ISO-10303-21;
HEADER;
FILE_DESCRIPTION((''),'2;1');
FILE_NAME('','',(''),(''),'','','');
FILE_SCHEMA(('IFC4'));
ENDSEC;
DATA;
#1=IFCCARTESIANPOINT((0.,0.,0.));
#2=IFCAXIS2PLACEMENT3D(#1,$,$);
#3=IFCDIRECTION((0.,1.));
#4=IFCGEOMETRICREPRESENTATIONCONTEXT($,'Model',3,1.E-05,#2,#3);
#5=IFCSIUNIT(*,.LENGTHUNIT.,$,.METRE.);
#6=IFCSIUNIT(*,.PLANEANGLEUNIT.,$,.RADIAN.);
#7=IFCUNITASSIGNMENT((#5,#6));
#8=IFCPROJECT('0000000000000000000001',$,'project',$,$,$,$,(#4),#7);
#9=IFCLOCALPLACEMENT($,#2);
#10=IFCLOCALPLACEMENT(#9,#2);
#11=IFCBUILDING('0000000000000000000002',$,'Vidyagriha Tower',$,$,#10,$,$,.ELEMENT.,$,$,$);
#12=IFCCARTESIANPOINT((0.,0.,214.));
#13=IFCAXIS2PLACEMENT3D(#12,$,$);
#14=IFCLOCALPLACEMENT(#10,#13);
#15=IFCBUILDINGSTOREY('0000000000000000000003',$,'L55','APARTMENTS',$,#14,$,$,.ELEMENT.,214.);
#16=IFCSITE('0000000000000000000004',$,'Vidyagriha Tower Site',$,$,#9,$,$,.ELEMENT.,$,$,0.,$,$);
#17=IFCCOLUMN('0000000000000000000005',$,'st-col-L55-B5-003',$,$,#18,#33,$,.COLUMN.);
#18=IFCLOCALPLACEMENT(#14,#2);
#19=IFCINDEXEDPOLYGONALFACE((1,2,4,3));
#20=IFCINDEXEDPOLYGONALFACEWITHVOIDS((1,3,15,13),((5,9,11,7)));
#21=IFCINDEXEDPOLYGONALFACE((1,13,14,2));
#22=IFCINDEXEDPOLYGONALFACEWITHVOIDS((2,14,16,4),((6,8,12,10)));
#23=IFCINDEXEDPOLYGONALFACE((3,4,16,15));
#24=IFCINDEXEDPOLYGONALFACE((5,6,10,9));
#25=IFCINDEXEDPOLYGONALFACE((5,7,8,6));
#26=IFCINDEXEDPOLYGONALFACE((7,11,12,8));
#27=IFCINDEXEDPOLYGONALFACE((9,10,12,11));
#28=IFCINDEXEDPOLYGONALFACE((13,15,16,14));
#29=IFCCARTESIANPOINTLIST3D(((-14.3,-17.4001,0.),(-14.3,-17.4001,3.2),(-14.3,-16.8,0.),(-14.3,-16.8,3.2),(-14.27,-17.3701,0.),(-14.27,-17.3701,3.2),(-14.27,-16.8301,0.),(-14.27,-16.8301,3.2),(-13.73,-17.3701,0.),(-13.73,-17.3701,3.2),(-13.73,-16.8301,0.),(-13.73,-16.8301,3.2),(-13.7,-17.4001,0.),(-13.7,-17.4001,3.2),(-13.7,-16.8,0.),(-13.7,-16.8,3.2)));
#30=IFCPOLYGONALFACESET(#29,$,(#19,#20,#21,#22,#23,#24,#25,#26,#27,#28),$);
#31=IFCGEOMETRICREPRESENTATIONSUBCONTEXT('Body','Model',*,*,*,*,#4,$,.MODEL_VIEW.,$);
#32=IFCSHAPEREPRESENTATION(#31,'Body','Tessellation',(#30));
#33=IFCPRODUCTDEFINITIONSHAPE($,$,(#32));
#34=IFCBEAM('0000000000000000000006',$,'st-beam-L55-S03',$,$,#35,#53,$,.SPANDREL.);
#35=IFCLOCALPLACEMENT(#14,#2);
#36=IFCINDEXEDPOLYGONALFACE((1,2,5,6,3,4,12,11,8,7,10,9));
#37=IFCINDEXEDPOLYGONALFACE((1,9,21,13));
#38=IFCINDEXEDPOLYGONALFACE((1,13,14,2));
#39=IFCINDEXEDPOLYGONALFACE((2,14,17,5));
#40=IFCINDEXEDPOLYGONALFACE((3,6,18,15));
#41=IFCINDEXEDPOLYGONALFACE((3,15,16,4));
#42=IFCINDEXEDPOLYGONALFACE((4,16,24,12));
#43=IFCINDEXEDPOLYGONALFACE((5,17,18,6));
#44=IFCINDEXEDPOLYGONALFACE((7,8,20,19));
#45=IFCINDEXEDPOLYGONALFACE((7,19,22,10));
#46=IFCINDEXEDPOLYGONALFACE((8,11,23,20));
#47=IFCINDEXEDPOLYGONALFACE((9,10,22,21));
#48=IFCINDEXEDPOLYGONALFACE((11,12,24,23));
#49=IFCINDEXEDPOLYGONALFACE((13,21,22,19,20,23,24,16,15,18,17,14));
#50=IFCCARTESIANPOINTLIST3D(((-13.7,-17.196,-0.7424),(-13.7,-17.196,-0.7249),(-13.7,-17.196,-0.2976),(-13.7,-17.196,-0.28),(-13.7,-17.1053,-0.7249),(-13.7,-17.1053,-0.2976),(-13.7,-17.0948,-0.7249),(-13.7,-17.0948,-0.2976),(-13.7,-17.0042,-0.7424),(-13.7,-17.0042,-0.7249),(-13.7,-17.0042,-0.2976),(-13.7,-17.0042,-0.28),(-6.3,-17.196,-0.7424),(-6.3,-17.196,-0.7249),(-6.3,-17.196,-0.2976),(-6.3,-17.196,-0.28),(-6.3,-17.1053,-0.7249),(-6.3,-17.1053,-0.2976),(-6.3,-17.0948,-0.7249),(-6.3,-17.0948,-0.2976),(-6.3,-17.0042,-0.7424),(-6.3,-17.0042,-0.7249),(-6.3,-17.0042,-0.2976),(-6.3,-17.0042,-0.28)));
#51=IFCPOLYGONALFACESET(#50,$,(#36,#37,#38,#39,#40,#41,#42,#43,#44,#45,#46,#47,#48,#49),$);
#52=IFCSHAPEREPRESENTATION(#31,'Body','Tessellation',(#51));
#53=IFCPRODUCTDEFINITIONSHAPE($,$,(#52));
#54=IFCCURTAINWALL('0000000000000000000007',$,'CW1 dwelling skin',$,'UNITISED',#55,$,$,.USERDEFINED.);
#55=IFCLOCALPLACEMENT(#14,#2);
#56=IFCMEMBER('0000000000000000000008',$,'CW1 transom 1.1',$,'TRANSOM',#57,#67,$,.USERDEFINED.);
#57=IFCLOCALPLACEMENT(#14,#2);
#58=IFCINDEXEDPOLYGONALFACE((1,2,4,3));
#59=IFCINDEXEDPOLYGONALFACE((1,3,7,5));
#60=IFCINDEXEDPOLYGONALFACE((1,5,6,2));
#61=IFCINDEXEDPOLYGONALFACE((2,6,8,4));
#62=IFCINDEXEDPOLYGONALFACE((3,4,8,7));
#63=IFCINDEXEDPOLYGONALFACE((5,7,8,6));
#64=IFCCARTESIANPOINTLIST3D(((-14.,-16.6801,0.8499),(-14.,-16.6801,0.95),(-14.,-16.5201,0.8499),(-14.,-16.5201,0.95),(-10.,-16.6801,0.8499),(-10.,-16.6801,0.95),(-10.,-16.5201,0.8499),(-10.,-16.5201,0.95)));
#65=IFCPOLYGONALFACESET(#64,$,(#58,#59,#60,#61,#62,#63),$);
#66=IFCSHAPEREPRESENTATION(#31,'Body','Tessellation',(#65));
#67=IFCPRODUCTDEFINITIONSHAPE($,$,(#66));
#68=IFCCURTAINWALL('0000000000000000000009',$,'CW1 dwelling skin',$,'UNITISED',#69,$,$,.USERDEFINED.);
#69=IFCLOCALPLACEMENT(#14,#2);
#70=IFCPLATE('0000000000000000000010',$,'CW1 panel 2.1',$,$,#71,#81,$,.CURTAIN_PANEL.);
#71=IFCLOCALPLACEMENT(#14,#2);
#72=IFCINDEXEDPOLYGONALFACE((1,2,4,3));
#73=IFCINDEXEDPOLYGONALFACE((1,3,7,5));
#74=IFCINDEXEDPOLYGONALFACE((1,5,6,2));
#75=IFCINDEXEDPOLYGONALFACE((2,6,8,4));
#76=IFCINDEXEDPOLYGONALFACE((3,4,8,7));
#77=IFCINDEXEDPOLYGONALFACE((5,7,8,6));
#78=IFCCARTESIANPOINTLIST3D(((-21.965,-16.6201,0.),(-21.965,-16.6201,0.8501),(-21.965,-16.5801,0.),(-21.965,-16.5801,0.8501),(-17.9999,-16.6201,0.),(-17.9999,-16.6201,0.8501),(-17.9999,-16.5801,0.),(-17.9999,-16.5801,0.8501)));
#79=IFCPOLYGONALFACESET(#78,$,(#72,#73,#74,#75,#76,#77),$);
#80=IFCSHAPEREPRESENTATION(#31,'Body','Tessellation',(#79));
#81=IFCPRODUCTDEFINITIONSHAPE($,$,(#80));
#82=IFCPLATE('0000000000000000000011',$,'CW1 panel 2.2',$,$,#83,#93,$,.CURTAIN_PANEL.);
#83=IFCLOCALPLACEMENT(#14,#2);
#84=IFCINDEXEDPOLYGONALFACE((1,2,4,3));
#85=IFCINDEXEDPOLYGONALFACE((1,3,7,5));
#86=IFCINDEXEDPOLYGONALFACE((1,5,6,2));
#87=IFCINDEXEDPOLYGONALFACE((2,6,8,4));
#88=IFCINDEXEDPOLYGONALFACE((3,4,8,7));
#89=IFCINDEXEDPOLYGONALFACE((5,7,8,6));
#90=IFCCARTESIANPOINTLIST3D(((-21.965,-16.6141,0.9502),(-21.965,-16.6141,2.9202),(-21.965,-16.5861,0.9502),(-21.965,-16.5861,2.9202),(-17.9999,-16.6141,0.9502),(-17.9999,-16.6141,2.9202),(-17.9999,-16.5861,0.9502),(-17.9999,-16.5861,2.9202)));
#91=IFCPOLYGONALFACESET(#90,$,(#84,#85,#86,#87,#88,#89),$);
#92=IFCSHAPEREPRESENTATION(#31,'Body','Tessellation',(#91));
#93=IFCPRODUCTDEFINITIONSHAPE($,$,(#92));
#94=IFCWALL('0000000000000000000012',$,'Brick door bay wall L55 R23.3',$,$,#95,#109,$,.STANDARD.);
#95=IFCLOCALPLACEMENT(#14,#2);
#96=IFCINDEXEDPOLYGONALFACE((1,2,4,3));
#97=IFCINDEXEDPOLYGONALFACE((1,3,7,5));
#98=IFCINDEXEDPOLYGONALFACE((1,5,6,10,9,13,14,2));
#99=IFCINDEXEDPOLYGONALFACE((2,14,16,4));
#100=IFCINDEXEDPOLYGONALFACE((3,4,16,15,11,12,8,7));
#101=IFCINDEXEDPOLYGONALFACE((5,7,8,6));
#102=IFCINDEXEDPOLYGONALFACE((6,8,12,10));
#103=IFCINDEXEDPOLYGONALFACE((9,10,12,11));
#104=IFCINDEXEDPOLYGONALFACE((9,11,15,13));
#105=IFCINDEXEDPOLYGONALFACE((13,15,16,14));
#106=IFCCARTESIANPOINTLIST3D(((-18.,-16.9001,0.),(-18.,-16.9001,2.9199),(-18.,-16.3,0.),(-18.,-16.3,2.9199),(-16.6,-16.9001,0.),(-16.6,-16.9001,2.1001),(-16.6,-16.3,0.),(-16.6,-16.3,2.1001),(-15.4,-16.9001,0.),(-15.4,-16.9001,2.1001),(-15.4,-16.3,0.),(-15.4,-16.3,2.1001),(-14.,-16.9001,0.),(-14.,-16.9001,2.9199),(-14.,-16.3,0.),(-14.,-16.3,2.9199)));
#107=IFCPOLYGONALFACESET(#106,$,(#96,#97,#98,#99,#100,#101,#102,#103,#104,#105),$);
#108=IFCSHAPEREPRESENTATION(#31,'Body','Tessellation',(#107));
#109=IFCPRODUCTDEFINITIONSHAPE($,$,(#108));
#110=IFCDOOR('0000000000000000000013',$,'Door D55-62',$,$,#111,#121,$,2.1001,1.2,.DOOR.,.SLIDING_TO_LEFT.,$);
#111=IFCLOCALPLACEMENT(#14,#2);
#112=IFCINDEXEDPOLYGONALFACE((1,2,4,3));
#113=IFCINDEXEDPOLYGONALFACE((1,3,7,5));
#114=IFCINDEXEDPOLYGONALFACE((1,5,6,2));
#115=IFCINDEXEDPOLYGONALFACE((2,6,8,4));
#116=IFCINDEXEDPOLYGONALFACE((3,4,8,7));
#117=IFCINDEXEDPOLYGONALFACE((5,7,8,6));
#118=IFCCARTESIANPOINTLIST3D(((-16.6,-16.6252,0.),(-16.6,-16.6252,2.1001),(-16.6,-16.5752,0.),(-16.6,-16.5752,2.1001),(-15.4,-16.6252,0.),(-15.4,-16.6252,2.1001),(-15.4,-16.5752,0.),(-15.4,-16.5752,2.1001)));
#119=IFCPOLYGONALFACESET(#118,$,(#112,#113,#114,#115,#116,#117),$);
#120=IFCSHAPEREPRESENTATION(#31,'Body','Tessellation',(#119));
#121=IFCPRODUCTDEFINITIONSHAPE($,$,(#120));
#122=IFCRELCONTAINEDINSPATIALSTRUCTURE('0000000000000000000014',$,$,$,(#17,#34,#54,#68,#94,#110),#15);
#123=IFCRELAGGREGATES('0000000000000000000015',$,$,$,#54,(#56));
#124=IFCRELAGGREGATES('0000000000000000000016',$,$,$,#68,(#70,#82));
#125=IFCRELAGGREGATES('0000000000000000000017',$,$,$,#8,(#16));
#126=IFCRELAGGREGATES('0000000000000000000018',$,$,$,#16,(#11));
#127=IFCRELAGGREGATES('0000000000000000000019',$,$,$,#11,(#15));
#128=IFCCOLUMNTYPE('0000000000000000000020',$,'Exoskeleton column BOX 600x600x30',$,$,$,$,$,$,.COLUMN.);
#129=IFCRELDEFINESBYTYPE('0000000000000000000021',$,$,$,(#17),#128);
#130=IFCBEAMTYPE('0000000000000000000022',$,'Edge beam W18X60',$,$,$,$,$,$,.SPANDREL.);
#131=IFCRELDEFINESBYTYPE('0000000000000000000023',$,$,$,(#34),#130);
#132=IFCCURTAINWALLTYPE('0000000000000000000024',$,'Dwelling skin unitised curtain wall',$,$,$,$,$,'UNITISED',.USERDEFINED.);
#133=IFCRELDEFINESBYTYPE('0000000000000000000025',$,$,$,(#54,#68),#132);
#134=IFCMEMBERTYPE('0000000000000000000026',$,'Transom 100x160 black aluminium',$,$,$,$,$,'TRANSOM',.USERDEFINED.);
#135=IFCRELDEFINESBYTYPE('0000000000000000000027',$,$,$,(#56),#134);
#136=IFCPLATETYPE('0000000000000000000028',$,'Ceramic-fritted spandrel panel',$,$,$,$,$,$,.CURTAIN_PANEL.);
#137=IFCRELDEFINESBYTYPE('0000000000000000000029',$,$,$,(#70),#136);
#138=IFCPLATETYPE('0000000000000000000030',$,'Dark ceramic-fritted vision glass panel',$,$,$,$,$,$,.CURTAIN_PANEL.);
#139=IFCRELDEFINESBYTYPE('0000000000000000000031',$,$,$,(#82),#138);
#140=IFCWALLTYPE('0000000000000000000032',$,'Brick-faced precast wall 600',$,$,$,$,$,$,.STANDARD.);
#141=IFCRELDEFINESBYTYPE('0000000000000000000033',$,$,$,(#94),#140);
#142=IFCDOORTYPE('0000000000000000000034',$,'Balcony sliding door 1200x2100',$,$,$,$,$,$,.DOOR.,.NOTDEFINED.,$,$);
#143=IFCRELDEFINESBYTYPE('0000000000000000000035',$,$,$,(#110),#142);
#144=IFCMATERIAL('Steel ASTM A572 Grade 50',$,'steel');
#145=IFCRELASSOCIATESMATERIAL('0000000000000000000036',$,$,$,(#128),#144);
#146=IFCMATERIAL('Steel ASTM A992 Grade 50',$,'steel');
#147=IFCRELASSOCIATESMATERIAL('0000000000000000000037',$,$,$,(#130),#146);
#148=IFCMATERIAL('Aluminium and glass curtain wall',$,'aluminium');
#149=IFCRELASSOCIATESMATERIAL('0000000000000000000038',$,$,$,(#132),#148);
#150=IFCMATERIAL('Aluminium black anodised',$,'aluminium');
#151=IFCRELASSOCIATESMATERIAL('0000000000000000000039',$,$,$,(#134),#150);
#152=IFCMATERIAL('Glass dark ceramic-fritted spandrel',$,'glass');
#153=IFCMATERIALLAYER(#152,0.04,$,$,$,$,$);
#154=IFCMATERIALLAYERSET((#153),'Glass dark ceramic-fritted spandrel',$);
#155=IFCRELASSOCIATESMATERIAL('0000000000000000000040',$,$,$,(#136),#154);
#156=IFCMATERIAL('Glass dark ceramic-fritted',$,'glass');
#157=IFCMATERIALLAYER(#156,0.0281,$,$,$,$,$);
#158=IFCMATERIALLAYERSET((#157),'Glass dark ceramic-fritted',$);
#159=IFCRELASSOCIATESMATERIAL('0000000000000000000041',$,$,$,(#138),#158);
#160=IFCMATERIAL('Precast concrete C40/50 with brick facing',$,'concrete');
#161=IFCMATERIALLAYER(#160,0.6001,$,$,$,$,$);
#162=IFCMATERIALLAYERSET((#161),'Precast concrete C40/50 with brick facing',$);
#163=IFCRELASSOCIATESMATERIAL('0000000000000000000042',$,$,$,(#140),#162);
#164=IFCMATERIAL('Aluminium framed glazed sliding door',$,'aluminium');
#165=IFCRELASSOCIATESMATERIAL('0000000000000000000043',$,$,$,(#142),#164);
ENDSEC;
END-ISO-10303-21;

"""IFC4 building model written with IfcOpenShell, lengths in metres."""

from ifc_helpers import new_model, si_unit, direction, frame, frame_2d, origin, origin_2d, place, context, subcontext, project, spatial, rectangle, hollow_rectangle, i_section, extrude, material, layer, layer_set, material_profile, profile_set, type_object, element, fill, aggregate, save


model = new_model("IFC4")

# Units and contexts
model_context = context("Model", 3, precision=1e-05, world=origin(), true_north=direction((0.0, 1.0)))
body_context = subcontext(model_context, "Body", "Model", "MODEL_VIEW")
ifc_project = project(units=[si_unit("LENGTHUNIT", "METRE"), si_unit("PLANEANGLEUNIT", "RADIAN")], contexts=[model_context])

# Site, building, storey
site_placement = place(None, origin())
site = spatial("IfcSite", under=ifc_project, at=site_placement, Name="Vidyagriha Tower Site", CompositionType="ELEMENT", RefElevation=0.0)
building_placement = place(site_placement, origin())
building = spatial("IfcBuilding", under=site, at=building_placement, Name="Vidyagriha Tower", CompositionType="ELEMENT")
storey_placement = place(building_placement, frame((0.0, 0.0, 214.0)))
storey = spatial("IfcBuildingStorey", under=building, at=storey_placement, Name="L55", Description="APARTMENTS", CompositionType="ELEMENT", Elevation=214.0)

# Column
ifc_material_1 = material(Name="Steel ASTM A572 Grade 50", Category="steel")
ifc_material_profile_1 = material_profile(ifc_material_1, hollow_rectangle(XDim=0.6001, YDim=0.6001, WallThickness=0.03, at=origin_2d()), Name="BOX 600x600x30")
ifc_profile_set_1 = profile_set([ifc_material_profile_1], Name="Steel ASTM A572 Grade 50")
column_type = type_object("IfcColumnType", Name="Exoskeleton column BOX 600x600x30", PredefinedType="COLUMN", material=ifc_profile_set_1)
column_placement = place(storey_placement, frame((-14.0, -17.1001, 0.0)))
element("IfcColumn", 1, at=column_placement, inside=storey, type_object=column_type, Name="st-col-L55-B5-003", PredefinedType="COLUMN", context=body_context, shape_type="SweptSolid", body=[
    extrude(hollow_rectangle(XDim=0.6001, YDim=0.6001, WallThickness=0.03, at=origin_2d()), origin(), (0.0, 0.0, 1.0), 3.2),
])

# Beam
ifc_material_2 = material(Name="Steel ASTM A992 Grade 50", Category="steel")
ifc_material_profile_2 = material_profile(ifc_material_2, i_section(OverallWidth=0.1919, OverallDepth=0.4624, WebThickness=0.0105, FlangeThickness=0.0176, at=origin_2d()), Name="W18X60")
ifc_profile_set_2 = profile_set([ifc_material_profile_2], Name="Steel ASTM A992 Grade 50")
beam_type = type_object("IfcBeamType", Name="Edge beam W18X60", PredefinedType="SPANDREL", material=ifc_profile_set_2)
beam_placement = place(storey_placement, frame((-13.7, -17.1001, -0.5112), z_axis=(1.0, 0.0, 0.0), x_axis=(0.0, 1.0, 0.0)))
element("IfcBeam", 2, at=beam_placement, inside=storey, type_object=beam_type, Name="st-beam-L55-S03", PredefinedType="SPANDREL", context=body_context, shape_type="SweptSolid", body=[
    extrude(i_section(OverallWidth=0.1919, OverallDepth=0.4624, WebThickness=0.0105, FlangeThickness=0.0176, at=origin_2d()), origin(), (0.0, 0.0, 1.0), 7.3999),
])

# Curtain wall, member
ifc_material_3 = material(Name="Aluminium and glass curtain wall", Category="aluminium")
curtain_wall_type = type_object("IfcCurtainWallType", Name="Dwelling skin unitised curtain wall", ElementType="UNITISED", PredefinedType="USERDEFINED", material=ifc_material_3)
curtain_wall_1_placement = place(storey_placement, origin())
curtain_wall_1 = element("IfcCurtainWall", 3, at=curtain_wall_1_placement, inside=storey, type_object=curtain_wall_type, Name="CW1 dwelling skin", ObjectType="UNITISED", PredefinedType="USERDEFINED")
ifc_material_4 = material(Name="Aluminium black anodised", Category="aluminium")
ifc_material_profile_3 = material_profile(ifc_material_4, rectangle(XDim=0.1599, YDim=0.1001, at=origin_2d()), Name="Transom 100x160 black aluminium")
ifc_profile_set_3 = profile_set([ifc_material_profile_3], Name="Aluminium black anodised")
member_type = type_object("IfcMemberType", Name="Transom 100x160 black aluminium", ElementType="TRANSOM", PredefinedType="USERDEFINED", material=ifc_profile_set_3)
member_placement = place(storey_placement, frame((-14.0, -16.6001, 0.8999), z_axis=(1.0, 0.0, 0.0), x_axis=(0.0, 1.0, 0.0)))
member = element("IfcMember", 4, at=member_placement, type_object=member_type, Name="CW1 transom 1.1", ObjectType="TRANSOM", PredefinedType="USERDEFINED", context=body_context, shape_type="SweptSolid", body=[
    extrude(rectangle(XDim=0.1599, YDim=0.1001, at=origin_2d()), origin(), (0.0, 0.0, 1.0), 4.0),
])
aggregate(curtain_wall_1, [member])

# Curtain wall, plates
curtain_wall_2_placement = place(storey_placement, origin())
curtain_wall_2 = element("IfcCurtainWall", 5, at=curtain_wall_2_placement, inside=storey, type_object=curtain_wall_type, Name="CW1 dwelling skin", ObjectType="UNITISED", PredefinedType="USERDEFINED")
ifc_material_5 = material(Name="Glass dark ceramic-fritted spandrel", Category="glass")
ifc_layer_1 = layer(ifc_material_5, 0.04)
ifc_layer_set_1 = layer_set([ifc_layer_1], Name="Glass dark ceramic-fritted spandrel")
plate_type_1 = type_object("IfcPlateType", Name="Ceramic-fritted spandrel panel", PredefinedType="CURTAIN_PANEL", material=ifc_layer_set_1)
plate_1_placement = place(storey_placement, frame((-19.9824, -16.6001, 0.0)))
plate_1 = element("IfcPlate", 6, at=plate_1_placement, type_object=plate_type_1, Name="CW1 panel 2.1", PredefinedType="CURTAIN_PANEL", context=body_context, shape_type="SweptSolid", body=[
    extrude(rectangle(XDim=3.9651, YDim=0.04, at=origin_2d()), origin(), (0.0, 0.0, 1.0), 0.8501),
])
ifc_material_6 = material(Name="Glass dark ceramic-fritted", Category="glass")
ifc_layer_2 = layer(ifc_material_6, 0.0281)
ifc_layer_set_2 = layer_set([ifc_layer_2], Name="Glass dark ceramic-fritted")
plate_type_2 = type_object("IfcPlateType", Name="Dark ceramic-fritted vision glass panel", PredefinedType="CURTAIN_PANEL", material=ifc_layer_set_2)
plate_2_placement = place(storey_placement, frame((-19.9824, -16.6001, 0.9502)))
plate_2 = element("IfcPlate", 7, at=plate_2_placement, type_object=plate_type_2, Name="CW1 panel 2.2", PredefinedType="CURTAIN_PANEL", context=body_context, shape_type="SweptSolid", body=[
    extrude(rectangle(XDim=3.9651, YDim=0.0281, at=origin_2d()), origin(), (0.0, 0.0, 1.0), 1.97),
])
aggregate(curtain_wall_2, [plate_1, plate_2])

# Wall, opening, door
ifc_material_7 = material(Name="Precast concrete C40/50 with brick facing", Category="concrete")
ifc_layer_3 = layer(ifc_material_7, 0.6001)
ifc_layer_set_3 = layer_set([ifc_layer_3], Name="Precast concrete C40/50 with brick facing")
wall_type = type_object("IfcWallType", Name="Brick-faced precast wall 600", PredefinedType="STANDARD", material=ifc_layer_set_3)
wall_placement = place(storey_placement, frame((-18.0, -16.6001, 0.0)))
wall = element("IfcWall", 8, at=wall_placement, inside=storey, type_object=wall_type, Name="Brick door bay wall L55 R23.3", PredefinedType="STANDARD", context=body_context, shape_type="SweptSolid", body=[
    extrude(rectangle(XDim=4.0, YDim=0.6001, at=frame_2d((2.0, 0.0))), origin(), (0.0, 0.0, 1.0), 2.9199),
])
opening_placement = place(wall_placement, frame((1.3999, 0.0, 0.0)))
opening = element("IfcOpeningElement", 9, at=opening_placement, cuts=wall, PredefinedType="OPENING", context=body_context, shape_type="SweptSolid", body=[
    extrude(rectangle(XDim=1.2, YDim=2.1001, at=frame_2d((0.6001, 1.05))), frame((0.0, 0.3101, 0.0), z_axis=(0.0, -1.0, 0.0), x_axis=(1.0, 0.0, 0.0)), (0.0, 0.0, 1.0), 0.6201),
])
ifc_material_8 = material(Name="Aluminium framed glazed sliding door", Category="aluminium")
door_type = type_object("IfcDoorType", Name="Balcony sliding door 1200x2100", OperationType="NOTDEFINED", PredefinedType="DOOR", material=ifc_material_8)
door_placement = place(opening_placement, origin())
door = element("IfcDoor", 10, at=door_placement, inside=storey, type_object=door_type, Name="Door D55-62", OperationType="SLIDING_TO_LEFT", OverallHeight=2.1001, OverallWidth=1.2, PredefinedType="DOOR", context=body_context, shape_type="SweptSolid", body=[
    extrude(rectangle(XDim=1.2, YDim=2.1001, at=frame_2d((0.6001, 1.05))), frame((0.0, 0.0249, 0.0), z_axis=(0.0, -1.0, 0.0), x_axis=(1.0, 0.0, 0.0)), (0.0, 0.0, 1.0), 0.05),
])
fill(opening, door)

save(model, "model.ifc")
